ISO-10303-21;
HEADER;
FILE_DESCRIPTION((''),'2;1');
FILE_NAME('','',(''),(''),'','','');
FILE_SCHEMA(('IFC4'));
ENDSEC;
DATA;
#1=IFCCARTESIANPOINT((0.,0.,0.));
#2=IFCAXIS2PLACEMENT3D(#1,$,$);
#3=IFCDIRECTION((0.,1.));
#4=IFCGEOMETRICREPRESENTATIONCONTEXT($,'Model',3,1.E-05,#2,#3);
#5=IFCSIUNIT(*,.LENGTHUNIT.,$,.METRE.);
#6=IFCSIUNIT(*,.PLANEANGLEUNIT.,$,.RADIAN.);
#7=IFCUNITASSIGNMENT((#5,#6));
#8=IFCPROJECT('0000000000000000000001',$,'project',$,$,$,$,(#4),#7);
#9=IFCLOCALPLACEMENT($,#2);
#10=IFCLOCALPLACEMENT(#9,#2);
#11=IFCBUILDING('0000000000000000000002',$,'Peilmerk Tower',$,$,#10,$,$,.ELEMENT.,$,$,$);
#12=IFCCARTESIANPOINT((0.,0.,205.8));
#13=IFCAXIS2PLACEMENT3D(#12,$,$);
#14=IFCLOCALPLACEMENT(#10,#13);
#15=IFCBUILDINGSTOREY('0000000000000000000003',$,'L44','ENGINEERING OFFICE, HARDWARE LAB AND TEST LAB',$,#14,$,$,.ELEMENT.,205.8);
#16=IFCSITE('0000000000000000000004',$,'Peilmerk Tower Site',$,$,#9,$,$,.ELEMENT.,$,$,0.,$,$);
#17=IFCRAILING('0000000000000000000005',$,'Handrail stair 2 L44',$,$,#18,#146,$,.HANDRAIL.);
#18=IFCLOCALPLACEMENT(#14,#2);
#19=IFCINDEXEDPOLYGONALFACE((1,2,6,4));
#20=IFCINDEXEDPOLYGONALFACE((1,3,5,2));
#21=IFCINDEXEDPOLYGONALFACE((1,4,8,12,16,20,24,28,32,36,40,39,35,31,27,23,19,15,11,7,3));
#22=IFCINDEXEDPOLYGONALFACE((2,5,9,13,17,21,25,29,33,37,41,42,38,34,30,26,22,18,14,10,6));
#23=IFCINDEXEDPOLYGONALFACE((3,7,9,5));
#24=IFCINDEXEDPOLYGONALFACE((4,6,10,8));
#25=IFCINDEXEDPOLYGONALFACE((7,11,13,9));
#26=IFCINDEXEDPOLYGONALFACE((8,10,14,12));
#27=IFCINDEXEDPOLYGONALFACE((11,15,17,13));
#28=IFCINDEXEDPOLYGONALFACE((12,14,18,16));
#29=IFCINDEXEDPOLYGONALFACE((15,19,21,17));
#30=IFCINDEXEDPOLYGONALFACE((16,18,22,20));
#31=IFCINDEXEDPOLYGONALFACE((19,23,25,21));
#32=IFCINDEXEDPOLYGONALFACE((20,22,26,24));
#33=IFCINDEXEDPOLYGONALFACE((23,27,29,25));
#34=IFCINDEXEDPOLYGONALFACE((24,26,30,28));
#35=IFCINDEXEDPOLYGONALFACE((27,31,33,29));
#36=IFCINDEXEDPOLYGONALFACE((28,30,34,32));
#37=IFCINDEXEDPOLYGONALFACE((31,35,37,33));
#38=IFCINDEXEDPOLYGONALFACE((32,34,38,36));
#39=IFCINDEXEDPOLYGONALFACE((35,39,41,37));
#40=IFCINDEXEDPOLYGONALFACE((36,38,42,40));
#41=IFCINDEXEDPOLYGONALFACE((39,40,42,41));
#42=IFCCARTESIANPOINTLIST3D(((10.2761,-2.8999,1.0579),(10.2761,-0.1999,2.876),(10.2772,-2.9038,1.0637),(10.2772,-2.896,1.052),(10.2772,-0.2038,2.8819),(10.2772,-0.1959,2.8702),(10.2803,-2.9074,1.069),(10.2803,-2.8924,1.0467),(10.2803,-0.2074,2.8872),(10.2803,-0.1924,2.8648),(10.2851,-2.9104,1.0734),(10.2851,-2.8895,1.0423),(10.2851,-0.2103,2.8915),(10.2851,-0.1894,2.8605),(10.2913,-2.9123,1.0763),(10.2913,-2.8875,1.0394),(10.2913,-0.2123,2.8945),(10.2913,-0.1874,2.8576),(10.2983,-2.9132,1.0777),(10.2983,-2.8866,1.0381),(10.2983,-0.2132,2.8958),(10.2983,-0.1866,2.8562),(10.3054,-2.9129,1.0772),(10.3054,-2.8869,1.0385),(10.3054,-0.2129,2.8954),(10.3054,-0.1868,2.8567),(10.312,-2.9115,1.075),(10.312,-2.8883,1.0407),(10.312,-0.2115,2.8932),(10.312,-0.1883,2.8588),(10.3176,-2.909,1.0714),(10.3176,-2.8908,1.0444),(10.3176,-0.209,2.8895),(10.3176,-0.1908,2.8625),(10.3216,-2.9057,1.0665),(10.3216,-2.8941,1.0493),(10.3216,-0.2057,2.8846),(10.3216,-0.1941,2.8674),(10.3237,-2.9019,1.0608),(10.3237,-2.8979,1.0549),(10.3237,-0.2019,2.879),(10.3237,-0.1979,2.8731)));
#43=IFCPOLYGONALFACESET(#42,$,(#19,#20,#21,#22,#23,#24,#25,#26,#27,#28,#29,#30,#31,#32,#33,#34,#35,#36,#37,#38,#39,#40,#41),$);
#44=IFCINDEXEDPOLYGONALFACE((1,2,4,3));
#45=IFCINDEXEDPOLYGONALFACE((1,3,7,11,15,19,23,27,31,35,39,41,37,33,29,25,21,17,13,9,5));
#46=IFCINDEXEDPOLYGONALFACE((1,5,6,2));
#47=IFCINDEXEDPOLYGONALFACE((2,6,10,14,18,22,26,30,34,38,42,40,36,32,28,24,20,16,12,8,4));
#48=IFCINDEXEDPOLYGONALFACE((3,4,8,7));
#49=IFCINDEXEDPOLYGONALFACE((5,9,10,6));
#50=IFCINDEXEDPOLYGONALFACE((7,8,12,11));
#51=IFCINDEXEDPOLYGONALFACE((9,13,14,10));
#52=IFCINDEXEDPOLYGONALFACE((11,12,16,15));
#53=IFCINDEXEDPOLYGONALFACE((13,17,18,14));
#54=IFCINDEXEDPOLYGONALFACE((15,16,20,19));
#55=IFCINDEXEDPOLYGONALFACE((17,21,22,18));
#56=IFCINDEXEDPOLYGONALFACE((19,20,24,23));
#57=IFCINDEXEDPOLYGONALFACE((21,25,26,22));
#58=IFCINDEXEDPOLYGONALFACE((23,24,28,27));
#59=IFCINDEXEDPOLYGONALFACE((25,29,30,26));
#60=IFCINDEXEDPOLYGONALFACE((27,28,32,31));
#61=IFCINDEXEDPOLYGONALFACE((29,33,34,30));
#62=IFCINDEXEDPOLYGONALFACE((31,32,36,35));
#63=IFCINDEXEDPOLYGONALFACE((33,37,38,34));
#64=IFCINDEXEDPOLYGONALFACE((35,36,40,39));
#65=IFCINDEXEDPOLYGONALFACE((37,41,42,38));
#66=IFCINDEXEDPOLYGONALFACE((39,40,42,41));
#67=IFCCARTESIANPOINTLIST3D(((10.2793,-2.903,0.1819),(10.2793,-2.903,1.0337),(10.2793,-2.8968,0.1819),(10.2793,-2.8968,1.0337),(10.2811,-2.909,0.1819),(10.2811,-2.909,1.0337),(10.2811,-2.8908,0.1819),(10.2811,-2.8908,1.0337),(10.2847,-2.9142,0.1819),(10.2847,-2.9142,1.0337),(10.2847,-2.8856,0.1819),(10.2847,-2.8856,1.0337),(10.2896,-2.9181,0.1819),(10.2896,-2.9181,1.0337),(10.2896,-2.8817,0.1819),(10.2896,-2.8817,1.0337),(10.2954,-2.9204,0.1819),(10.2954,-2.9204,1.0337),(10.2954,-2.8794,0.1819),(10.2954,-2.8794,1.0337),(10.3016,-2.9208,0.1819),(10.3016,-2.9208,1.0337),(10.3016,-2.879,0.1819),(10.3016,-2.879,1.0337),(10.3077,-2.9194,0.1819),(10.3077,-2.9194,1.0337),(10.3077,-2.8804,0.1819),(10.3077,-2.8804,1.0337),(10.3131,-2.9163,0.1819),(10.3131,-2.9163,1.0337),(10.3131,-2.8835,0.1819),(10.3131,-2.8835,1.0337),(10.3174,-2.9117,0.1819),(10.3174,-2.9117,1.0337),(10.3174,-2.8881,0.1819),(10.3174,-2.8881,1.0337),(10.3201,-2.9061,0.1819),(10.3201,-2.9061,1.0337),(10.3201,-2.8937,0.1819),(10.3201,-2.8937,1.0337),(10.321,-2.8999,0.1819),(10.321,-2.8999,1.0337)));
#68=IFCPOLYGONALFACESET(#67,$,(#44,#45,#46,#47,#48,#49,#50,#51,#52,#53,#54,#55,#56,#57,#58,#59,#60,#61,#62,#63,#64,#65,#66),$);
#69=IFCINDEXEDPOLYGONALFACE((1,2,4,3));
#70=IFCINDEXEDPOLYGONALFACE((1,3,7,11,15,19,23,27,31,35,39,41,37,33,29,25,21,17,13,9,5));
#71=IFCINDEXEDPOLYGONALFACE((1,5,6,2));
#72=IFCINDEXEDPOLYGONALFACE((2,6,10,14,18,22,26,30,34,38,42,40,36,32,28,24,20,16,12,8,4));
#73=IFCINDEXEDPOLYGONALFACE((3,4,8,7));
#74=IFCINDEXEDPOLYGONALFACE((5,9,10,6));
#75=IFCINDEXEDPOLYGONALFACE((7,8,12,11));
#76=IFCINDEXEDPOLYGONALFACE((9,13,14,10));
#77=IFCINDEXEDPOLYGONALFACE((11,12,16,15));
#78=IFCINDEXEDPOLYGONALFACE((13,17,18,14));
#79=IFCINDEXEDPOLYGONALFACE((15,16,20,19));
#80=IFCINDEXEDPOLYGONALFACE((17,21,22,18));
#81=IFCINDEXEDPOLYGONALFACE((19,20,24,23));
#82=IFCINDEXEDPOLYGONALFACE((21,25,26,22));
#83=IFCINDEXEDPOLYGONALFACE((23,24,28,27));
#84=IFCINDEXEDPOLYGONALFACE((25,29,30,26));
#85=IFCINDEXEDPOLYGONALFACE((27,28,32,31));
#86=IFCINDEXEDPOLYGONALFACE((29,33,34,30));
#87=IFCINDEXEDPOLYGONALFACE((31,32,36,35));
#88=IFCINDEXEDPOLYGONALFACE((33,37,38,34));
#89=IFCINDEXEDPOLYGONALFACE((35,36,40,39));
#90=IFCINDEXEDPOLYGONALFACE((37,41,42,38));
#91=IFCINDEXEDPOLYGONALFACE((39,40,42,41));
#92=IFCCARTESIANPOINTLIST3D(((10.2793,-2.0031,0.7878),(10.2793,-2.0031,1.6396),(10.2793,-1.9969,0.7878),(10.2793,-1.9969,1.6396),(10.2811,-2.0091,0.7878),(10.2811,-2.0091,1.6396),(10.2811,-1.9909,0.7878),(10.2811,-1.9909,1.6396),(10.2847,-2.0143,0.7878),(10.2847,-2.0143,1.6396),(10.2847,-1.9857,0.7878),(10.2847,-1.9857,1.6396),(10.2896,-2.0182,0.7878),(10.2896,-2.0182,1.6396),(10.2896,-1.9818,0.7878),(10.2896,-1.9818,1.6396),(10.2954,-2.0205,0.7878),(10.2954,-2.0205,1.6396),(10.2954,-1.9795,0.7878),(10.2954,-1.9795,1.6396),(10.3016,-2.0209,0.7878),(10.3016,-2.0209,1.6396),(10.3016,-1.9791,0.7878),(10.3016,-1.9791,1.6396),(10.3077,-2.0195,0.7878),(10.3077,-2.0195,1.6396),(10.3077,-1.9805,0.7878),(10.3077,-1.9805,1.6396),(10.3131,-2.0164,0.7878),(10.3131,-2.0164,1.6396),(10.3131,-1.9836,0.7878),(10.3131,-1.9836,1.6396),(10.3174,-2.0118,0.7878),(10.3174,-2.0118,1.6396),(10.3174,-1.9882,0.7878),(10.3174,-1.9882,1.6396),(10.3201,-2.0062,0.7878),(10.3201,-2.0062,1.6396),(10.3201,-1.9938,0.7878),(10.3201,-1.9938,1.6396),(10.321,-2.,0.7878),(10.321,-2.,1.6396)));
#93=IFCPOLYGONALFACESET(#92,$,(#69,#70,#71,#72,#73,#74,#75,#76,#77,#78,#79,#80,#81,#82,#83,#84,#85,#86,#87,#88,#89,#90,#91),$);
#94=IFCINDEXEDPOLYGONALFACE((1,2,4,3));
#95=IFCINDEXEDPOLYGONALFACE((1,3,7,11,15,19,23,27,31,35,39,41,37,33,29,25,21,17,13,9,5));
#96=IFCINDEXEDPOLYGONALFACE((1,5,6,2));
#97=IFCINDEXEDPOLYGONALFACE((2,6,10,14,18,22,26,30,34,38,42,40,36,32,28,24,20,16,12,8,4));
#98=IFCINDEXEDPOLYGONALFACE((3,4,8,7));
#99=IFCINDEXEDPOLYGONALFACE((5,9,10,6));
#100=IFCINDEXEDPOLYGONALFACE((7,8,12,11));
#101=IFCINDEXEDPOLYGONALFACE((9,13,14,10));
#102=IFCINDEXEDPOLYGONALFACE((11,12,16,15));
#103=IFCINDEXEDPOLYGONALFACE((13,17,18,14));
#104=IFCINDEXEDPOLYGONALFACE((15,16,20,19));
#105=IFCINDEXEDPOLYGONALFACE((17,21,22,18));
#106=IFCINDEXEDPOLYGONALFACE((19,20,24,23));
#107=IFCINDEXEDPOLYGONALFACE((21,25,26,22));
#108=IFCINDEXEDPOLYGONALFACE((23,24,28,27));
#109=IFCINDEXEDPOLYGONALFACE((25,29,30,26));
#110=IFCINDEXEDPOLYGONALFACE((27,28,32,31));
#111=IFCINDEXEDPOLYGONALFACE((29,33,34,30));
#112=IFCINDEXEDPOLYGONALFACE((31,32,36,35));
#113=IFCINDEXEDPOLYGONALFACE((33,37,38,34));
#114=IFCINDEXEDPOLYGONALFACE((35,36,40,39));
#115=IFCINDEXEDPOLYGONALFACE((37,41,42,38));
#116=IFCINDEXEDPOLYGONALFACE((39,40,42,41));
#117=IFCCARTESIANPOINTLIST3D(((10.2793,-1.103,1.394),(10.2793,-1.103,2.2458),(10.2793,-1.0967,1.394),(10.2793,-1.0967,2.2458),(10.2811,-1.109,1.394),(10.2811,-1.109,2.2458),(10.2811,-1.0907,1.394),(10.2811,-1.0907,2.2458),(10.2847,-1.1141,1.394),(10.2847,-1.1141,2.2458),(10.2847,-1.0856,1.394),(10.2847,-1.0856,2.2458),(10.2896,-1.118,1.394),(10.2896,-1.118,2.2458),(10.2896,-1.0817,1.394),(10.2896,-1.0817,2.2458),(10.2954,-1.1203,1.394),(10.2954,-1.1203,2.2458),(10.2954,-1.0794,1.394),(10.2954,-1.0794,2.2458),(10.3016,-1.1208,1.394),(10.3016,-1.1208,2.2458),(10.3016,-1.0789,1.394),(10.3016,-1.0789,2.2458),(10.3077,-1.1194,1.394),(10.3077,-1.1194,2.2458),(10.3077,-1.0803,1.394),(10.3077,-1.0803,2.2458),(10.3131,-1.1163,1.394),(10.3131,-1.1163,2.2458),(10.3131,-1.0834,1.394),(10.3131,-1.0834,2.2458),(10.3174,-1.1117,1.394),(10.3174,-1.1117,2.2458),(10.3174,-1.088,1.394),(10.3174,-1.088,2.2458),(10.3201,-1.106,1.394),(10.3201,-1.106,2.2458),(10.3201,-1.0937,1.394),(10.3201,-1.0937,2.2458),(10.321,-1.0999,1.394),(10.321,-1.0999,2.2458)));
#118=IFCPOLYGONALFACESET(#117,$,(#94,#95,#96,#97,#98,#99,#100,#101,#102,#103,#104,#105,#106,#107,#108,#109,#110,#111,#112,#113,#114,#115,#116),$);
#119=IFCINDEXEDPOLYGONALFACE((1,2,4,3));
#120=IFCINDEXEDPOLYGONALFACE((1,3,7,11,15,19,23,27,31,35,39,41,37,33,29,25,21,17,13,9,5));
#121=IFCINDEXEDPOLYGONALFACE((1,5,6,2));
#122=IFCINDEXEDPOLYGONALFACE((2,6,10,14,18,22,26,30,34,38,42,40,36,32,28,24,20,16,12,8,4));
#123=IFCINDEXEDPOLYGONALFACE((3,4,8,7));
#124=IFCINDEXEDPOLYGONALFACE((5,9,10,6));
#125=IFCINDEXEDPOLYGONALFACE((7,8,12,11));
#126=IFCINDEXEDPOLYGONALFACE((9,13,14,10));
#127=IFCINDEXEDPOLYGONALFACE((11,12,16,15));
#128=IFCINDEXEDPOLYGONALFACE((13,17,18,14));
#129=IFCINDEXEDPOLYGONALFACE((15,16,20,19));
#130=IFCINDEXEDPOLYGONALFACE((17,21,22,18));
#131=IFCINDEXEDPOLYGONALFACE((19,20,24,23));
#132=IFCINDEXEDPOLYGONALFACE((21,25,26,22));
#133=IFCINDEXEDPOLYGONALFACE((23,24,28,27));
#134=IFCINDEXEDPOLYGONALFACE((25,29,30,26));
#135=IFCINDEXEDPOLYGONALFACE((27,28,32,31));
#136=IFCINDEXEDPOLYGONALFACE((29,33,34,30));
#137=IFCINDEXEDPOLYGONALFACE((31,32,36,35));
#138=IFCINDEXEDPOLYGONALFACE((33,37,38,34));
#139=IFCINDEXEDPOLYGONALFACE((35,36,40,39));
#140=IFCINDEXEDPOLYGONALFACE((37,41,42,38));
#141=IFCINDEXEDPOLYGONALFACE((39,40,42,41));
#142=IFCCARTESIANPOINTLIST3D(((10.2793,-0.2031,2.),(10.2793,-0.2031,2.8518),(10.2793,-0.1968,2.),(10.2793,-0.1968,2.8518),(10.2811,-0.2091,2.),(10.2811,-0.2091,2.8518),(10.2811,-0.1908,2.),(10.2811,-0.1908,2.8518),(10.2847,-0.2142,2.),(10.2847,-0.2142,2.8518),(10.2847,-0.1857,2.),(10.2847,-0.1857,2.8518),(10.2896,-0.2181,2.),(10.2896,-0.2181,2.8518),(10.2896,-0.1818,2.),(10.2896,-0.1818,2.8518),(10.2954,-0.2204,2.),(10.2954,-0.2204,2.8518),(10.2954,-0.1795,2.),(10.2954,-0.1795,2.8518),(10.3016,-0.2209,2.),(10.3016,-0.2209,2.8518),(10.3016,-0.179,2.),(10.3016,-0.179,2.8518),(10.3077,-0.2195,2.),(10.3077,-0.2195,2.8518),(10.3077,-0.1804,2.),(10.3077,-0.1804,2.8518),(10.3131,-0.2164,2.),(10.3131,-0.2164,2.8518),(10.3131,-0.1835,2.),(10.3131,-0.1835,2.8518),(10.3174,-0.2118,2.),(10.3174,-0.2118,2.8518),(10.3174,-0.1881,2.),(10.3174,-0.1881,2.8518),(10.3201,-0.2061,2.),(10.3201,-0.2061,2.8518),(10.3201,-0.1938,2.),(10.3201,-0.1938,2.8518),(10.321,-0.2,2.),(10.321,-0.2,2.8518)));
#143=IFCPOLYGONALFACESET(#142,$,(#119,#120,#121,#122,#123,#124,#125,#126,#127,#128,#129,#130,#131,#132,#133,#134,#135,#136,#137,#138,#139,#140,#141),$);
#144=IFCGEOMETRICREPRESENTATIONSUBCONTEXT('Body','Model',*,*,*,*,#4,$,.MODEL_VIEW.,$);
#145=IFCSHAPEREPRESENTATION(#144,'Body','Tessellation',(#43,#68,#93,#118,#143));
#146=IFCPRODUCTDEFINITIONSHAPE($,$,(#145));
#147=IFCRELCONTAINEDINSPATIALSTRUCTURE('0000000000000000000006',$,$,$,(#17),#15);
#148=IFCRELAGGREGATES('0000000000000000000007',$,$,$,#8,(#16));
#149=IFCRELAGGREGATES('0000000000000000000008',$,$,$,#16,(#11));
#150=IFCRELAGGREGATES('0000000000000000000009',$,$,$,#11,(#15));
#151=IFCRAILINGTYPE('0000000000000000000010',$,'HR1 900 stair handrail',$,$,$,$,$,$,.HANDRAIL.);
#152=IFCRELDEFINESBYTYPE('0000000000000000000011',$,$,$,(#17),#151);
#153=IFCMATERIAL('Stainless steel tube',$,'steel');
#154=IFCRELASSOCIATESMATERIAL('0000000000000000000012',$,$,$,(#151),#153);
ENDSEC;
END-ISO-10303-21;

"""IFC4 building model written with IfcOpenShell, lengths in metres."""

from ifc_helpers import new_model, si_unit, direction, frame, origin, origin_2d, place, context, subcontext, project, spatial, circle, extrude, material, type_object, element, save


model = new_model("IFC4")

# Units and contexts
model_context = context("Model", 3, precision=1e-05, world=origin(), true_north=direction((0.0, 1.0)))
body_context = subcontext(model_context, "Body", "Model", "MODEL_VIEW")
ifc_project = project(units=[si_unit("LENGTHUNIT", "METRE"), si_unit("PLANEANGLEUNIT", "RADIAN")], contexts=[model_context])

# Site, building, storey
site_placement = place(None, origin())
site = spatial("IfcSite", under=ifc_project, at=site_placement, Name="Peilmerk Tower Site", CompositionType="ELEMENT", RefElevation=0.0)
building_placement = place(site_placement, origin())
building = spatial("IfcBuilding", under=site, at=building_placement, Name="Peilmerk Tower", CompositionType="ELEMENT")
storey_placement = place(building_placement, frame((0.0, 0.0, 205.8)))
storey = spatial("IfcBuildingStorey", under=building, at=storey_placement, Name="L44", Description="ENGINEERING OFFICE, HARDWARE LAB AND TEST LAB", CompositionType="ELEMENT", Elevation=205.8)

# Railing
ifc_material_1 = material(Name="Stainless steel tube", Category="steel")
railing_type_1 = type_object("IfcRailingType", Name="HR1 900 stair handrail", PredefinedType="HANDRAIL", material=ifc_material_1)
railing_1_placement = place(storey_placement, frame((10.3, -2.8999, 0.1819)))
element("IfcRailing", 1, at=railing_1_placement, inside=storey, type_object=railing_type_1, Name="Handrail stair 2 L44", PredefinedType="HANDRAIL", context=body_context, shape_type="SweptSolid", body=[
    extrude(circle(Radius=0.0239, at=origin_2d()), frame((0.0, 0.0, 0.876), z_axis=(0.0, 0.829468, 0.558554), x_axis=(-1.0, 0.0, 0.0)), (0.0, 0.0, 1.0), 3.2551),
    extrude(circle(Radius=0.021, at=origin_2d()), origin(), (0.0, 0.0, 1.0), 0.8518),
    extrude(circle(Radius=0.021, at=origin_2d()), frame((0.0, 0.8999, 0.606)), (0.0, 0.0, 1.0), 0.8518),
    extrude(circle(Radius=0.021, at=origin_2d()), frame((0.0, 1.8, 1.2122)), (0.0, 0.0, 1.0), 0.8518),
    extrude(circle(Radius=0.021, at=origin_2d()), frame((0.0, 2.7, 1.8181)), (0.0, 0.0, 1.0), 0.8518),
])

save(model, "model.ifc")
